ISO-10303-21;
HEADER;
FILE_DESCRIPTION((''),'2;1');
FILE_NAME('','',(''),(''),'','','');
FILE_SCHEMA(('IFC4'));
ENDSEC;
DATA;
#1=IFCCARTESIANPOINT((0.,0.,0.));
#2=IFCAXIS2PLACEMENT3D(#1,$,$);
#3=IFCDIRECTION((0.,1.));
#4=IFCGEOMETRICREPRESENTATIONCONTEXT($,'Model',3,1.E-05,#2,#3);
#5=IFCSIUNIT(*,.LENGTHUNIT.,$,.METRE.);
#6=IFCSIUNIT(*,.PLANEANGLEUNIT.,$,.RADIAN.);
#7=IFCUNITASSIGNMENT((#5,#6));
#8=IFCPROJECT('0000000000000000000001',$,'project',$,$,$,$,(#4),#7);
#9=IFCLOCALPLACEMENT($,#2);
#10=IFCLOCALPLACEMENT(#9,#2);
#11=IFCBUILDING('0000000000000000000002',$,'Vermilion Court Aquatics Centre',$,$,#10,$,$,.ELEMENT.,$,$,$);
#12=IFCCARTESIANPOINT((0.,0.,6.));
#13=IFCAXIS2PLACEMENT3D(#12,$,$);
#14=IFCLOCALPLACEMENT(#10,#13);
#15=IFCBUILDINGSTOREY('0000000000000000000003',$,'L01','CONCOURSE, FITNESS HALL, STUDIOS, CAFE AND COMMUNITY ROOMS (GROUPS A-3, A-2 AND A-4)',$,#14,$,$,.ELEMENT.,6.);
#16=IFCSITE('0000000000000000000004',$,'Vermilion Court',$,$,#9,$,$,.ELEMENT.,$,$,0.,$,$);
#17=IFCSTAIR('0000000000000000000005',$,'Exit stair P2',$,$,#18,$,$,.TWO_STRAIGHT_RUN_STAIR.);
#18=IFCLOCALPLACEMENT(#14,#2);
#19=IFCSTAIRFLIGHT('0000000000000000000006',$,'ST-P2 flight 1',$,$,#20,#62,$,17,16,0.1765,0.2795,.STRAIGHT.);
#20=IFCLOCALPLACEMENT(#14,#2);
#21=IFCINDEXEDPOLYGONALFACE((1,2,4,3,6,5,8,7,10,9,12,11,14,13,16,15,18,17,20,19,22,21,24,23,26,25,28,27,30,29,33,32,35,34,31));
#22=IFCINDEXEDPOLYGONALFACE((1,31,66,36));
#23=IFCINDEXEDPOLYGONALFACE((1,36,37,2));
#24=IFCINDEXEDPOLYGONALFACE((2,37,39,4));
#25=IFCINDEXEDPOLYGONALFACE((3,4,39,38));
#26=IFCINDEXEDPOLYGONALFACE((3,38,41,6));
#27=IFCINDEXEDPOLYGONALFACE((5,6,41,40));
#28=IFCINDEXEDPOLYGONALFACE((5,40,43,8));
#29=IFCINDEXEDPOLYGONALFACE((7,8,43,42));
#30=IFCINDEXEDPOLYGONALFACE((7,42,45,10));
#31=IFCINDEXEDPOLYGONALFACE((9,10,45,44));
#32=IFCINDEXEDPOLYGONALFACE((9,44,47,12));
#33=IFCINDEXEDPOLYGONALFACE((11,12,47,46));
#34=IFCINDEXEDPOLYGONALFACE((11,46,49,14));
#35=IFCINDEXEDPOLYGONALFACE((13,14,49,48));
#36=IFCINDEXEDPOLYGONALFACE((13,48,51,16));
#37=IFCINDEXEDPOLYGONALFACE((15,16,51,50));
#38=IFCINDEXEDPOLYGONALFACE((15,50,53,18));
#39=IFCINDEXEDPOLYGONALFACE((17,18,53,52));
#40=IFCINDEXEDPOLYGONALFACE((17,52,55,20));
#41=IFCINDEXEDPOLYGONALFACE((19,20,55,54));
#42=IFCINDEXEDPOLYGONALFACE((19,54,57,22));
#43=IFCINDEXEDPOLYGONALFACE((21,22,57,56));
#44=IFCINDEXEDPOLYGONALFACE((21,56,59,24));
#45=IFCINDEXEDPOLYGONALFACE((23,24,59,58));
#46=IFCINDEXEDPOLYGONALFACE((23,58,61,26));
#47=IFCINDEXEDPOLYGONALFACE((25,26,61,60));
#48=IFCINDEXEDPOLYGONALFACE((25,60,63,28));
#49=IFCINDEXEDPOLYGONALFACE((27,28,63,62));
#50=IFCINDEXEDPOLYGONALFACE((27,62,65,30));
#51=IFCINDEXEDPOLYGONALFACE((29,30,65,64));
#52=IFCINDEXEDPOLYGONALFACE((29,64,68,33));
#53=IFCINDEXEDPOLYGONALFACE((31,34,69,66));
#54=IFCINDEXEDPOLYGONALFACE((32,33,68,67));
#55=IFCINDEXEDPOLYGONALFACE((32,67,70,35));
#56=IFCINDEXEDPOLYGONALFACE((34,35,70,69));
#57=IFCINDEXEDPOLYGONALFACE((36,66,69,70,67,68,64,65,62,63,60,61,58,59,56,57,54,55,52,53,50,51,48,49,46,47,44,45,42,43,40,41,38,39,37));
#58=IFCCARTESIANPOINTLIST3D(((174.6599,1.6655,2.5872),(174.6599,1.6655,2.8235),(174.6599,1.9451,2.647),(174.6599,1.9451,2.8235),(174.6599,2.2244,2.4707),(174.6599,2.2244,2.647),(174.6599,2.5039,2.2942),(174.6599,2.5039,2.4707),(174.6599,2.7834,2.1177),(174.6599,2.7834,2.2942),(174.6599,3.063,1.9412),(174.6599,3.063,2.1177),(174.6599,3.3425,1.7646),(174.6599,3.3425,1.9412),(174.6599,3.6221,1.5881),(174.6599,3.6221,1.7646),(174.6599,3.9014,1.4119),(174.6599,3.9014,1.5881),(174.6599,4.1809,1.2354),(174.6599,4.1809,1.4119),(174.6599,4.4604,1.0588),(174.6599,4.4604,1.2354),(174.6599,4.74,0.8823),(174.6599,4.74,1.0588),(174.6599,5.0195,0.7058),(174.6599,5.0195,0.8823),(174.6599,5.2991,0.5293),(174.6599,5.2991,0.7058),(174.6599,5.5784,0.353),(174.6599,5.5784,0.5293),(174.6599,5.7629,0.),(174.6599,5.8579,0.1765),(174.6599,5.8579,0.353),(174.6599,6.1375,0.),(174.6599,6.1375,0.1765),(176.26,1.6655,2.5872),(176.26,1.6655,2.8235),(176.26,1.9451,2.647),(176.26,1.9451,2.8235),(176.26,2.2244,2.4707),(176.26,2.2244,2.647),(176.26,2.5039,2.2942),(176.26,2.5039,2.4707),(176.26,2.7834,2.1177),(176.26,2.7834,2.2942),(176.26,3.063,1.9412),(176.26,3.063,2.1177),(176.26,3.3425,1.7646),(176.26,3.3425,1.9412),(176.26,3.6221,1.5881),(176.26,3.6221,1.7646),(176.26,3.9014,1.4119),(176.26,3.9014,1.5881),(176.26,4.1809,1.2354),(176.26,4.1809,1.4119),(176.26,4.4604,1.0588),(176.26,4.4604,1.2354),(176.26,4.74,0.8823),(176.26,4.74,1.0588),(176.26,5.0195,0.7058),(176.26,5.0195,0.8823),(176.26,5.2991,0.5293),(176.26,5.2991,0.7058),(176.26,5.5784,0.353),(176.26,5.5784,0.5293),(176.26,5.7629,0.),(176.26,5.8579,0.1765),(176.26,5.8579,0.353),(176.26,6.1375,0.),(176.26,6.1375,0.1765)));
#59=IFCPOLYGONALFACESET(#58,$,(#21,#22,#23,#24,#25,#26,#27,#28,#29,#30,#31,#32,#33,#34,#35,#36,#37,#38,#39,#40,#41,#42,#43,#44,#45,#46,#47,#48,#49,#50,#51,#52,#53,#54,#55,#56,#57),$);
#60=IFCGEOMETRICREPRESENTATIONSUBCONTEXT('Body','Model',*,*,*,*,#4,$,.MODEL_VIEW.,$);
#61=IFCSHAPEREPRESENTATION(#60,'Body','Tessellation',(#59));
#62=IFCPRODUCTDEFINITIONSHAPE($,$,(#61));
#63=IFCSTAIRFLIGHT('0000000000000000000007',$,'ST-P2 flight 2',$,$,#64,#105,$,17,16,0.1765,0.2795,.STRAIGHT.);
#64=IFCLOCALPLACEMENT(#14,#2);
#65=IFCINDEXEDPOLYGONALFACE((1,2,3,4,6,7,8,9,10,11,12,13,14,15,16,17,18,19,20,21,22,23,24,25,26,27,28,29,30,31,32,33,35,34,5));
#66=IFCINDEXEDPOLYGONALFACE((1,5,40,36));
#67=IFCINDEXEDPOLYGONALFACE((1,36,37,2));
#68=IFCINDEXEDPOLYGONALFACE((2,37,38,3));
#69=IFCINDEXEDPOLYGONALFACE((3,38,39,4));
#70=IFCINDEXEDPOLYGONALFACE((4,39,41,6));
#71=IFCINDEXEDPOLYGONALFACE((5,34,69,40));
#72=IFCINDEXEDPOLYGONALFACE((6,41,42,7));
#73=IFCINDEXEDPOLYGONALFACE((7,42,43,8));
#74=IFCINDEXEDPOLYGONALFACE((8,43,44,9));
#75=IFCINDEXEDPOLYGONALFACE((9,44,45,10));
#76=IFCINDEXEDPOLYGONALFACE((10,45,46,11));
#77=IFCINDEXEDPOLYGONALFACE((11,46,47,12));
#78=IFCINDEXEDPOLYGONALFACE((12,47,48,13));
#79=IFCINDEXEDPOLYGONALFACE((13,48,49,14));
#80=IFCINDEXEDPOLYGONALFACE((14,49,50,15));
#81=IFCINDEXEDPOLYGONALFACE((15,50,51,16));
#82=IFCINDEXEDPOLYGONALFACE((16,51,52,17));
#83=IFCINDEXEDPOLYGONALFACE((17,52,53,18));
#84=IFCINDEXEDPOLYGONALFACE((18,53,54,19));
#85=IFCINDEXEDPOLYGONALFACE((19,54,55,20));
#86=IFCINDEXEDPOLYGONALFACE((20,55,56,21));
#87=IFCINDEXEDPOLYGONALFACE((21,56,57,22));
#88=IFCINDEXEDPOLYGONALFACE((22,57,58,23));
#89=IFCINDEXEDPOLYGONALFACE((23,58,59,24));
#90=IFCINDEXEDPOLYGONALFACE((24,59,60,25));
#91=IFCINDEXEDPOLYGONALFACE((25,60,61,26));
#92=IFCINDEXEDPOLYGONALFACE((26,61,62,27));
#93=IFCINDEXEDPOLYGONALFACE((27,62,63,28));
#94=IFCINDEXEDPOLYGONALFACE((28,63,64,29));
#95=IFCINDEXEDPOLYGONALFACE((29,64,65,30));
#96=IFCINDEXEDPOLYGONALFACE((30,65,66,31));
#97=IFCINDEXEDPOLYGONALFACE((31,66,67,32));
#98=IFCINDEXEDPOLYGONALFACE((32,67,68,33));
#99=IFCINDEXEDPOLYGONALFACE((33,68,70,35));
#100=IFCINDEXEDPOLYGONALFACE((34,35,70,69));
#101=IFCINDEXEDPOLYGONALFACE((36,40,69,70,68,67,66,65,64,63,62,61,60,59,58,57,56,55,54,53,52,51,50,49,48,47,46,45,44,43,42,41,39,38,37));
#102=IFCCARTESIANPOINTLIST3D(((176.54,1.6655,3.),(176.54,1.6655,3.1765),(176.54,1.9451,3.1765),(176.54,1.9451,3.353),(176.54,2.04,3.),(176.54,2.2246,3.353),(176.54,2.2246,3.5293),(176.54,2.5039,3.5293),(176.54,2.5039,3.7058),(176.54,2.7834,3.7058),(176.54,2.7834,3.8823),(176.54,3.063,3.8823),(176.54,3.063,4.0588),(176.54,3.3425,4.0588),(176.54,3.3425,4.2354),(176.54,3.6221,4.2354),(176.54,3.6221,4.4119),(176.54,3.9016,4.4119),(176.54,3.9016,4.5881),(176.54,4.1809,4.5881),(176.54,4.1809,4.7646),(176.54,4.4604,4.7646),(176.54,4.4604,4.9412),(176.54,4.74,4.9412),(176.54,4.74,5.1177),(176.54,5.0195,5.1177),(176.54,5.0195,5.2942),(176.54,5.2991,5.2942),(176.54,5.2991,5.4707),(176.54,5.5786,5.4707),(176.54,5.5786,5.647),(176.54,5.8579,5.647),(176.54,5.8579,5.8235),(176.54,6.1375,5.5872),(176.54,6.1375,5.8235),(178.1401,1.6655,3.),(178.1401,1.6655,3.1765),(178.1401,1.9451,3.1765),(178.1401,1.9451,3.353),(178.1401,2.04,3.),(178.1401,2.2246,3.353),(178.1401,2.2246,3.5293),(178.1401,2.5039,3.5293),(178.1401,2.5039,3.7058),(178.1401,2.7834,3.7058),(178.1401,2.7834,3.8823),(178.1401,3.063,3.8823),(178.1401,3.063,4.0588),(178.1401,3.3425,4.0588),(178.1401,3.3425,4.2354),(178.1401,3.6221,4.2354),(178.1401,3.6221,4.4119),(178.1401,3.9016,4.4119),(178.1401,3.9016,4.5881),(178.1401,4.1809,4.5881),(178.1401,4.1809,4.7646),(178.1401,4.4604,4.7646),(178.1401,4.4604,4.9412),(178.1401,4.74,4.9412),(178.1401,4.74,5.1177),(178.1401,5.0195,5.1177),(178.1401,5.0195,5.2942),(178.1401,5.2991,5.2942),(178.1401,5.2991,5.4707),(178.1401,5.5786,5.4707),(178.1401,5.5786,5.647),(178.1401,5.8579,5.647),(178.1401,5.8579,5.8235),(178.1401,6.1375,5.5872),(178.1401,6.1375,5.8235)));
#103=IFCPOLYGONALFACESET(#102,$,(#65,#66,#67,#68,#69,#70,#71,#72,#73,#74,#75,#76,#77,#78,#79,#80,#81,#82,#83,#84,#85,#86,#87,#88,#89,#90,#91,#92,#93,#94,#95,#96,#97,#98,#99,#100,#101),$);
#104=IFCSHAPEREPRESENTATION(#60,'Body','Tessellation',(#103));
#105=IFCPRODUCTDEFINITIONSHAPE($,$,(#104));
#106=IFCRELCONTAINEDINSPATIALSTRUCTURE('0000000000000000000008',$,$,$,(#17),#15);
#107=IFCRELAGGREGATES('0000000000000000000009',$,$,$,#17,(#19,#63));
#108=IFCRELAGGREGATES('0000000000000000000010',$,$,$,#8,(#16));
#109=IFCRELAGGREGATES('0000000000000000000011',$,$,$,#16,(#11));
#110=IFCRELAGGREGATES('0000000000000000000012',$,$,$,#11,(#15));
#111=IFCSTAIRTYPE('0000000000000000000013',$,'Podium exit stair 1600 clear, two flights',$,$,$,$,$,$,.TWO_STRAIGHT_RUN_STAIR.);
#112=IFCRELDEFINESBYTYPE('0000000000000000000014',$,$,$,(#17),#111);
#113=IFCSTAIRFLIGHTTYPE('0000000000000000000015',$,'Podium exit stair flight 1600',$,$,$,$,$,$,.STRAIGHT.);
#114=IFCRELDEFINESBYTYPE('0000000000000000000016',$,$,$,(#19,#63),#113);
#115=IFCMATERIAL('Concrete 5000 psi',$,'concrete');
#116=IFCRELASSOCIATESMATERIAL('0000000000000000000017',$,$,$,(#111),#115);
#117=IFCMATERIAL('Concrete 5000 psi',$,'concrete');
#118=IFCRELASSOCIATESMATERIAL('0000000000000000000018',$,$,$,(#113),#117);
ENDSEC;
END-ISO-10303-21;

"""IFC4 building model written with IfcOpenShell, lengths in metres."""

from ifc_helpers import new_model, si_unit, direction, frame, origin, place, context, subcontext, project, spatial, polyline, outline, extrude, material, type_object, element, aggregate, save


model = new_model("IFC4")

# Units and contexts
model_context = context("Model", 3, precision=1e-05, world=origin(), true_north=direction((0.0, 1.0)))
body_context = subcontext(model_context, "Body", "Model", "MODEL_VIEW")
ifc_project = project(units=[si_unit("LENGTHUNIT", "METRE"), si_unit("PLANEANGLEUNIT", "RADIAN")], contexts=[model_context])

# Site, building, storey
site_placement = place(None, origin())
site = spatial("IfcSite", under=ifc_project, at=site_placement, Name="Vermilion Court", CompositionType="ELEMENT", RefElevation=0.0)
building_placement = place(site_placement, origin())
building = spatial("IfcBuilding", under=site, at=building_placement, Name="Vermilion Court Aquatics Centre", CompositionType="ELEMENT")
storey_placement = place(building_placement, frame((0.0, 0.0, 6.0)))
storey = spatial("IfcBuildingStorey", under=building, at=storey_placement, Name="L01", Description="CONCOURSE, FITNESS HALL, STUDIOS, CAFE AND COMMUNITY ROOMS (GROUPS A-3, A-2 AND A-4)", CompositionType="ELEMENT", Elevation=6.0)

# Stair, stair flights
ifc_material_1 = material(Name="Concrete 5000 psi", Category="concrete")
stair_type = type_object("IfcStairType", Name="Podium exit stair 1600 clear, two flights", PredefinedType="TWO_STRAIGHT_RUN_STAIR", material=ifc_material_1)
stair_placement = place(storey_placement, origin())
stair = element("IfcStair", 1, at=stair_placement, inside=storey, type_object=stair_type, Name="Exit stair P2", PredefinedType="TWO_STRAIGHT_RUN_STAIR")
ifc_material_2 = material(Name="Concrete 5000 psi", Category="concrete")
stair_flight_type = type_object("IfcStairFlightType", Name="Podium exit stair flight 1600", PredefinedType="STRAIGHT", material=ifc_material_2)
stair_flight_1_placement = place(storey_placement, frame((175.46, 6.1375, 0.0), z_axis=(0.0, 0.0, 1.0), x_axis=(0.0, -1.0, 0.0)))
stair_flight_1 = element("IfcStairFlight", 2, at=stair_flight_1_placement, type_object=stair_flight_type, Name="ST-P2 flight 1", NumberOfRisers=17, NumberOfTreads=16, PredefinedType="STRAIGHT", RiserHeight=0.1765, TreadLength=0.2795, context=body_context, shape_type="SweptSolid", body=[
    extrude(outline(polyline([(0.0, 0.0), (0.0, 0.1765), (0.2795, 0.1765), (0.2795, 0.353), (0.5591, 0.353), (0.5591, 0.5293), (0.8384, 0.5293), (0.8384, 0.7058), (1.1179, 0.7058), (1.1179, 0.8823), (1.3975, 0.8823), (1.3975, 1.0588), (1.677, 1.0588), (1.677, 1.2354), (1.9565, 1.2354), (1.9565, 1.4119), (2.2361, 1.4119), (2.2361, 1.5881), (2.5154, 1.5881), (2.5154, 1.7646), (2.7949, 1.7646), (2.7949, 1.9412), (3.0745, 1.9412), (3.0745, 2.1177), (3.354, 2.1177), (3.354, 2.2942), (3.6335, 2.2942), (3.6335, 2.4707), (3.9131, 2.4707), (3.9131, 2.647), (4.1924, 2.647), (4.1924, 2.8235), (4.4719, 2.8235), (4.4719, 3.0), (4.4719, 2.5872), (0.3745, 0.0), (0.0, 0.0)])), frame((0.0, 0.8, 0.0), z_axis=(0.0, -1.0, 0.0), x_axis=(1.0, 0.0, 0.0)), (0.0, 0.0, 1.0), 1.6001),
])
stair_flight_2_placement = place(storey_placement, frame((177.3401, 1.6655, 3.0), z_axis=(0.0, 0.0, 1.0), x_axis=(0.0, 1.0, 0.0)))
stair_flight_2 = element("IfcStairFlight", 3, at=stair_flight_2_placement, type_object=stair_flight_type, Name="ST-P2 flight 2", NumberOfRisers=17, NumberOfTreads=16, PredefinedType="STRAIGHT", RiserHeight=0.1765, TreadLength=0.2795, context=body_context, shape_type="SweptSolid", body=[
    extrude(outline(polyline([(0.0, 0.0), (0.0, 0.1765), (0.2795, 0.1765), (0.2795, 0.353), (0.5591, 0.353), (0.5591, 0.5293), (0.8384, 0.5293), (0.8384, 0.7058), (1.1179, 0.7058), (1.1179, 0.8823), (1.3975, 0.8823), (1.3975, 1.0588), (1.677, 1.0588), (1.677, 1.2354), (1.9565, 1.2354), (1.9565, 1.4119), (2.2361, 1.4119), (2.2361, 1.5881), (2.5154, 1.5881), (2.5154, 1.7646), (2.7949, 1.7646), (2.7949, 1.9412), (3.0745, 1.9412), (3.0745, 2.1177), (3.354, 2.1177), (3.354, 2.2942), (3.6335, 2.2942), (3.6335, 2.4707), (3.9131, 2.4707), (3.9131, 2.647), (4.1924, 2.647), (4.1924, 2.8235), (4.4719, 2.8235), (4.4719, 3.0), (4.4719, 2.5872), (0.3745, 0.0), (0.0, 0.0)])), frame((0.0, 0.8, 0.0), z_axis=(0.0, -1.0, 0.0), x_axis=(1.0, 0.0, 0.0)), (0.0, 0.0, 1.0), 1.6001),
])
aggregate(stair, [stair_flight_1, stair_flight_2])

save(model, "model.ifc")
